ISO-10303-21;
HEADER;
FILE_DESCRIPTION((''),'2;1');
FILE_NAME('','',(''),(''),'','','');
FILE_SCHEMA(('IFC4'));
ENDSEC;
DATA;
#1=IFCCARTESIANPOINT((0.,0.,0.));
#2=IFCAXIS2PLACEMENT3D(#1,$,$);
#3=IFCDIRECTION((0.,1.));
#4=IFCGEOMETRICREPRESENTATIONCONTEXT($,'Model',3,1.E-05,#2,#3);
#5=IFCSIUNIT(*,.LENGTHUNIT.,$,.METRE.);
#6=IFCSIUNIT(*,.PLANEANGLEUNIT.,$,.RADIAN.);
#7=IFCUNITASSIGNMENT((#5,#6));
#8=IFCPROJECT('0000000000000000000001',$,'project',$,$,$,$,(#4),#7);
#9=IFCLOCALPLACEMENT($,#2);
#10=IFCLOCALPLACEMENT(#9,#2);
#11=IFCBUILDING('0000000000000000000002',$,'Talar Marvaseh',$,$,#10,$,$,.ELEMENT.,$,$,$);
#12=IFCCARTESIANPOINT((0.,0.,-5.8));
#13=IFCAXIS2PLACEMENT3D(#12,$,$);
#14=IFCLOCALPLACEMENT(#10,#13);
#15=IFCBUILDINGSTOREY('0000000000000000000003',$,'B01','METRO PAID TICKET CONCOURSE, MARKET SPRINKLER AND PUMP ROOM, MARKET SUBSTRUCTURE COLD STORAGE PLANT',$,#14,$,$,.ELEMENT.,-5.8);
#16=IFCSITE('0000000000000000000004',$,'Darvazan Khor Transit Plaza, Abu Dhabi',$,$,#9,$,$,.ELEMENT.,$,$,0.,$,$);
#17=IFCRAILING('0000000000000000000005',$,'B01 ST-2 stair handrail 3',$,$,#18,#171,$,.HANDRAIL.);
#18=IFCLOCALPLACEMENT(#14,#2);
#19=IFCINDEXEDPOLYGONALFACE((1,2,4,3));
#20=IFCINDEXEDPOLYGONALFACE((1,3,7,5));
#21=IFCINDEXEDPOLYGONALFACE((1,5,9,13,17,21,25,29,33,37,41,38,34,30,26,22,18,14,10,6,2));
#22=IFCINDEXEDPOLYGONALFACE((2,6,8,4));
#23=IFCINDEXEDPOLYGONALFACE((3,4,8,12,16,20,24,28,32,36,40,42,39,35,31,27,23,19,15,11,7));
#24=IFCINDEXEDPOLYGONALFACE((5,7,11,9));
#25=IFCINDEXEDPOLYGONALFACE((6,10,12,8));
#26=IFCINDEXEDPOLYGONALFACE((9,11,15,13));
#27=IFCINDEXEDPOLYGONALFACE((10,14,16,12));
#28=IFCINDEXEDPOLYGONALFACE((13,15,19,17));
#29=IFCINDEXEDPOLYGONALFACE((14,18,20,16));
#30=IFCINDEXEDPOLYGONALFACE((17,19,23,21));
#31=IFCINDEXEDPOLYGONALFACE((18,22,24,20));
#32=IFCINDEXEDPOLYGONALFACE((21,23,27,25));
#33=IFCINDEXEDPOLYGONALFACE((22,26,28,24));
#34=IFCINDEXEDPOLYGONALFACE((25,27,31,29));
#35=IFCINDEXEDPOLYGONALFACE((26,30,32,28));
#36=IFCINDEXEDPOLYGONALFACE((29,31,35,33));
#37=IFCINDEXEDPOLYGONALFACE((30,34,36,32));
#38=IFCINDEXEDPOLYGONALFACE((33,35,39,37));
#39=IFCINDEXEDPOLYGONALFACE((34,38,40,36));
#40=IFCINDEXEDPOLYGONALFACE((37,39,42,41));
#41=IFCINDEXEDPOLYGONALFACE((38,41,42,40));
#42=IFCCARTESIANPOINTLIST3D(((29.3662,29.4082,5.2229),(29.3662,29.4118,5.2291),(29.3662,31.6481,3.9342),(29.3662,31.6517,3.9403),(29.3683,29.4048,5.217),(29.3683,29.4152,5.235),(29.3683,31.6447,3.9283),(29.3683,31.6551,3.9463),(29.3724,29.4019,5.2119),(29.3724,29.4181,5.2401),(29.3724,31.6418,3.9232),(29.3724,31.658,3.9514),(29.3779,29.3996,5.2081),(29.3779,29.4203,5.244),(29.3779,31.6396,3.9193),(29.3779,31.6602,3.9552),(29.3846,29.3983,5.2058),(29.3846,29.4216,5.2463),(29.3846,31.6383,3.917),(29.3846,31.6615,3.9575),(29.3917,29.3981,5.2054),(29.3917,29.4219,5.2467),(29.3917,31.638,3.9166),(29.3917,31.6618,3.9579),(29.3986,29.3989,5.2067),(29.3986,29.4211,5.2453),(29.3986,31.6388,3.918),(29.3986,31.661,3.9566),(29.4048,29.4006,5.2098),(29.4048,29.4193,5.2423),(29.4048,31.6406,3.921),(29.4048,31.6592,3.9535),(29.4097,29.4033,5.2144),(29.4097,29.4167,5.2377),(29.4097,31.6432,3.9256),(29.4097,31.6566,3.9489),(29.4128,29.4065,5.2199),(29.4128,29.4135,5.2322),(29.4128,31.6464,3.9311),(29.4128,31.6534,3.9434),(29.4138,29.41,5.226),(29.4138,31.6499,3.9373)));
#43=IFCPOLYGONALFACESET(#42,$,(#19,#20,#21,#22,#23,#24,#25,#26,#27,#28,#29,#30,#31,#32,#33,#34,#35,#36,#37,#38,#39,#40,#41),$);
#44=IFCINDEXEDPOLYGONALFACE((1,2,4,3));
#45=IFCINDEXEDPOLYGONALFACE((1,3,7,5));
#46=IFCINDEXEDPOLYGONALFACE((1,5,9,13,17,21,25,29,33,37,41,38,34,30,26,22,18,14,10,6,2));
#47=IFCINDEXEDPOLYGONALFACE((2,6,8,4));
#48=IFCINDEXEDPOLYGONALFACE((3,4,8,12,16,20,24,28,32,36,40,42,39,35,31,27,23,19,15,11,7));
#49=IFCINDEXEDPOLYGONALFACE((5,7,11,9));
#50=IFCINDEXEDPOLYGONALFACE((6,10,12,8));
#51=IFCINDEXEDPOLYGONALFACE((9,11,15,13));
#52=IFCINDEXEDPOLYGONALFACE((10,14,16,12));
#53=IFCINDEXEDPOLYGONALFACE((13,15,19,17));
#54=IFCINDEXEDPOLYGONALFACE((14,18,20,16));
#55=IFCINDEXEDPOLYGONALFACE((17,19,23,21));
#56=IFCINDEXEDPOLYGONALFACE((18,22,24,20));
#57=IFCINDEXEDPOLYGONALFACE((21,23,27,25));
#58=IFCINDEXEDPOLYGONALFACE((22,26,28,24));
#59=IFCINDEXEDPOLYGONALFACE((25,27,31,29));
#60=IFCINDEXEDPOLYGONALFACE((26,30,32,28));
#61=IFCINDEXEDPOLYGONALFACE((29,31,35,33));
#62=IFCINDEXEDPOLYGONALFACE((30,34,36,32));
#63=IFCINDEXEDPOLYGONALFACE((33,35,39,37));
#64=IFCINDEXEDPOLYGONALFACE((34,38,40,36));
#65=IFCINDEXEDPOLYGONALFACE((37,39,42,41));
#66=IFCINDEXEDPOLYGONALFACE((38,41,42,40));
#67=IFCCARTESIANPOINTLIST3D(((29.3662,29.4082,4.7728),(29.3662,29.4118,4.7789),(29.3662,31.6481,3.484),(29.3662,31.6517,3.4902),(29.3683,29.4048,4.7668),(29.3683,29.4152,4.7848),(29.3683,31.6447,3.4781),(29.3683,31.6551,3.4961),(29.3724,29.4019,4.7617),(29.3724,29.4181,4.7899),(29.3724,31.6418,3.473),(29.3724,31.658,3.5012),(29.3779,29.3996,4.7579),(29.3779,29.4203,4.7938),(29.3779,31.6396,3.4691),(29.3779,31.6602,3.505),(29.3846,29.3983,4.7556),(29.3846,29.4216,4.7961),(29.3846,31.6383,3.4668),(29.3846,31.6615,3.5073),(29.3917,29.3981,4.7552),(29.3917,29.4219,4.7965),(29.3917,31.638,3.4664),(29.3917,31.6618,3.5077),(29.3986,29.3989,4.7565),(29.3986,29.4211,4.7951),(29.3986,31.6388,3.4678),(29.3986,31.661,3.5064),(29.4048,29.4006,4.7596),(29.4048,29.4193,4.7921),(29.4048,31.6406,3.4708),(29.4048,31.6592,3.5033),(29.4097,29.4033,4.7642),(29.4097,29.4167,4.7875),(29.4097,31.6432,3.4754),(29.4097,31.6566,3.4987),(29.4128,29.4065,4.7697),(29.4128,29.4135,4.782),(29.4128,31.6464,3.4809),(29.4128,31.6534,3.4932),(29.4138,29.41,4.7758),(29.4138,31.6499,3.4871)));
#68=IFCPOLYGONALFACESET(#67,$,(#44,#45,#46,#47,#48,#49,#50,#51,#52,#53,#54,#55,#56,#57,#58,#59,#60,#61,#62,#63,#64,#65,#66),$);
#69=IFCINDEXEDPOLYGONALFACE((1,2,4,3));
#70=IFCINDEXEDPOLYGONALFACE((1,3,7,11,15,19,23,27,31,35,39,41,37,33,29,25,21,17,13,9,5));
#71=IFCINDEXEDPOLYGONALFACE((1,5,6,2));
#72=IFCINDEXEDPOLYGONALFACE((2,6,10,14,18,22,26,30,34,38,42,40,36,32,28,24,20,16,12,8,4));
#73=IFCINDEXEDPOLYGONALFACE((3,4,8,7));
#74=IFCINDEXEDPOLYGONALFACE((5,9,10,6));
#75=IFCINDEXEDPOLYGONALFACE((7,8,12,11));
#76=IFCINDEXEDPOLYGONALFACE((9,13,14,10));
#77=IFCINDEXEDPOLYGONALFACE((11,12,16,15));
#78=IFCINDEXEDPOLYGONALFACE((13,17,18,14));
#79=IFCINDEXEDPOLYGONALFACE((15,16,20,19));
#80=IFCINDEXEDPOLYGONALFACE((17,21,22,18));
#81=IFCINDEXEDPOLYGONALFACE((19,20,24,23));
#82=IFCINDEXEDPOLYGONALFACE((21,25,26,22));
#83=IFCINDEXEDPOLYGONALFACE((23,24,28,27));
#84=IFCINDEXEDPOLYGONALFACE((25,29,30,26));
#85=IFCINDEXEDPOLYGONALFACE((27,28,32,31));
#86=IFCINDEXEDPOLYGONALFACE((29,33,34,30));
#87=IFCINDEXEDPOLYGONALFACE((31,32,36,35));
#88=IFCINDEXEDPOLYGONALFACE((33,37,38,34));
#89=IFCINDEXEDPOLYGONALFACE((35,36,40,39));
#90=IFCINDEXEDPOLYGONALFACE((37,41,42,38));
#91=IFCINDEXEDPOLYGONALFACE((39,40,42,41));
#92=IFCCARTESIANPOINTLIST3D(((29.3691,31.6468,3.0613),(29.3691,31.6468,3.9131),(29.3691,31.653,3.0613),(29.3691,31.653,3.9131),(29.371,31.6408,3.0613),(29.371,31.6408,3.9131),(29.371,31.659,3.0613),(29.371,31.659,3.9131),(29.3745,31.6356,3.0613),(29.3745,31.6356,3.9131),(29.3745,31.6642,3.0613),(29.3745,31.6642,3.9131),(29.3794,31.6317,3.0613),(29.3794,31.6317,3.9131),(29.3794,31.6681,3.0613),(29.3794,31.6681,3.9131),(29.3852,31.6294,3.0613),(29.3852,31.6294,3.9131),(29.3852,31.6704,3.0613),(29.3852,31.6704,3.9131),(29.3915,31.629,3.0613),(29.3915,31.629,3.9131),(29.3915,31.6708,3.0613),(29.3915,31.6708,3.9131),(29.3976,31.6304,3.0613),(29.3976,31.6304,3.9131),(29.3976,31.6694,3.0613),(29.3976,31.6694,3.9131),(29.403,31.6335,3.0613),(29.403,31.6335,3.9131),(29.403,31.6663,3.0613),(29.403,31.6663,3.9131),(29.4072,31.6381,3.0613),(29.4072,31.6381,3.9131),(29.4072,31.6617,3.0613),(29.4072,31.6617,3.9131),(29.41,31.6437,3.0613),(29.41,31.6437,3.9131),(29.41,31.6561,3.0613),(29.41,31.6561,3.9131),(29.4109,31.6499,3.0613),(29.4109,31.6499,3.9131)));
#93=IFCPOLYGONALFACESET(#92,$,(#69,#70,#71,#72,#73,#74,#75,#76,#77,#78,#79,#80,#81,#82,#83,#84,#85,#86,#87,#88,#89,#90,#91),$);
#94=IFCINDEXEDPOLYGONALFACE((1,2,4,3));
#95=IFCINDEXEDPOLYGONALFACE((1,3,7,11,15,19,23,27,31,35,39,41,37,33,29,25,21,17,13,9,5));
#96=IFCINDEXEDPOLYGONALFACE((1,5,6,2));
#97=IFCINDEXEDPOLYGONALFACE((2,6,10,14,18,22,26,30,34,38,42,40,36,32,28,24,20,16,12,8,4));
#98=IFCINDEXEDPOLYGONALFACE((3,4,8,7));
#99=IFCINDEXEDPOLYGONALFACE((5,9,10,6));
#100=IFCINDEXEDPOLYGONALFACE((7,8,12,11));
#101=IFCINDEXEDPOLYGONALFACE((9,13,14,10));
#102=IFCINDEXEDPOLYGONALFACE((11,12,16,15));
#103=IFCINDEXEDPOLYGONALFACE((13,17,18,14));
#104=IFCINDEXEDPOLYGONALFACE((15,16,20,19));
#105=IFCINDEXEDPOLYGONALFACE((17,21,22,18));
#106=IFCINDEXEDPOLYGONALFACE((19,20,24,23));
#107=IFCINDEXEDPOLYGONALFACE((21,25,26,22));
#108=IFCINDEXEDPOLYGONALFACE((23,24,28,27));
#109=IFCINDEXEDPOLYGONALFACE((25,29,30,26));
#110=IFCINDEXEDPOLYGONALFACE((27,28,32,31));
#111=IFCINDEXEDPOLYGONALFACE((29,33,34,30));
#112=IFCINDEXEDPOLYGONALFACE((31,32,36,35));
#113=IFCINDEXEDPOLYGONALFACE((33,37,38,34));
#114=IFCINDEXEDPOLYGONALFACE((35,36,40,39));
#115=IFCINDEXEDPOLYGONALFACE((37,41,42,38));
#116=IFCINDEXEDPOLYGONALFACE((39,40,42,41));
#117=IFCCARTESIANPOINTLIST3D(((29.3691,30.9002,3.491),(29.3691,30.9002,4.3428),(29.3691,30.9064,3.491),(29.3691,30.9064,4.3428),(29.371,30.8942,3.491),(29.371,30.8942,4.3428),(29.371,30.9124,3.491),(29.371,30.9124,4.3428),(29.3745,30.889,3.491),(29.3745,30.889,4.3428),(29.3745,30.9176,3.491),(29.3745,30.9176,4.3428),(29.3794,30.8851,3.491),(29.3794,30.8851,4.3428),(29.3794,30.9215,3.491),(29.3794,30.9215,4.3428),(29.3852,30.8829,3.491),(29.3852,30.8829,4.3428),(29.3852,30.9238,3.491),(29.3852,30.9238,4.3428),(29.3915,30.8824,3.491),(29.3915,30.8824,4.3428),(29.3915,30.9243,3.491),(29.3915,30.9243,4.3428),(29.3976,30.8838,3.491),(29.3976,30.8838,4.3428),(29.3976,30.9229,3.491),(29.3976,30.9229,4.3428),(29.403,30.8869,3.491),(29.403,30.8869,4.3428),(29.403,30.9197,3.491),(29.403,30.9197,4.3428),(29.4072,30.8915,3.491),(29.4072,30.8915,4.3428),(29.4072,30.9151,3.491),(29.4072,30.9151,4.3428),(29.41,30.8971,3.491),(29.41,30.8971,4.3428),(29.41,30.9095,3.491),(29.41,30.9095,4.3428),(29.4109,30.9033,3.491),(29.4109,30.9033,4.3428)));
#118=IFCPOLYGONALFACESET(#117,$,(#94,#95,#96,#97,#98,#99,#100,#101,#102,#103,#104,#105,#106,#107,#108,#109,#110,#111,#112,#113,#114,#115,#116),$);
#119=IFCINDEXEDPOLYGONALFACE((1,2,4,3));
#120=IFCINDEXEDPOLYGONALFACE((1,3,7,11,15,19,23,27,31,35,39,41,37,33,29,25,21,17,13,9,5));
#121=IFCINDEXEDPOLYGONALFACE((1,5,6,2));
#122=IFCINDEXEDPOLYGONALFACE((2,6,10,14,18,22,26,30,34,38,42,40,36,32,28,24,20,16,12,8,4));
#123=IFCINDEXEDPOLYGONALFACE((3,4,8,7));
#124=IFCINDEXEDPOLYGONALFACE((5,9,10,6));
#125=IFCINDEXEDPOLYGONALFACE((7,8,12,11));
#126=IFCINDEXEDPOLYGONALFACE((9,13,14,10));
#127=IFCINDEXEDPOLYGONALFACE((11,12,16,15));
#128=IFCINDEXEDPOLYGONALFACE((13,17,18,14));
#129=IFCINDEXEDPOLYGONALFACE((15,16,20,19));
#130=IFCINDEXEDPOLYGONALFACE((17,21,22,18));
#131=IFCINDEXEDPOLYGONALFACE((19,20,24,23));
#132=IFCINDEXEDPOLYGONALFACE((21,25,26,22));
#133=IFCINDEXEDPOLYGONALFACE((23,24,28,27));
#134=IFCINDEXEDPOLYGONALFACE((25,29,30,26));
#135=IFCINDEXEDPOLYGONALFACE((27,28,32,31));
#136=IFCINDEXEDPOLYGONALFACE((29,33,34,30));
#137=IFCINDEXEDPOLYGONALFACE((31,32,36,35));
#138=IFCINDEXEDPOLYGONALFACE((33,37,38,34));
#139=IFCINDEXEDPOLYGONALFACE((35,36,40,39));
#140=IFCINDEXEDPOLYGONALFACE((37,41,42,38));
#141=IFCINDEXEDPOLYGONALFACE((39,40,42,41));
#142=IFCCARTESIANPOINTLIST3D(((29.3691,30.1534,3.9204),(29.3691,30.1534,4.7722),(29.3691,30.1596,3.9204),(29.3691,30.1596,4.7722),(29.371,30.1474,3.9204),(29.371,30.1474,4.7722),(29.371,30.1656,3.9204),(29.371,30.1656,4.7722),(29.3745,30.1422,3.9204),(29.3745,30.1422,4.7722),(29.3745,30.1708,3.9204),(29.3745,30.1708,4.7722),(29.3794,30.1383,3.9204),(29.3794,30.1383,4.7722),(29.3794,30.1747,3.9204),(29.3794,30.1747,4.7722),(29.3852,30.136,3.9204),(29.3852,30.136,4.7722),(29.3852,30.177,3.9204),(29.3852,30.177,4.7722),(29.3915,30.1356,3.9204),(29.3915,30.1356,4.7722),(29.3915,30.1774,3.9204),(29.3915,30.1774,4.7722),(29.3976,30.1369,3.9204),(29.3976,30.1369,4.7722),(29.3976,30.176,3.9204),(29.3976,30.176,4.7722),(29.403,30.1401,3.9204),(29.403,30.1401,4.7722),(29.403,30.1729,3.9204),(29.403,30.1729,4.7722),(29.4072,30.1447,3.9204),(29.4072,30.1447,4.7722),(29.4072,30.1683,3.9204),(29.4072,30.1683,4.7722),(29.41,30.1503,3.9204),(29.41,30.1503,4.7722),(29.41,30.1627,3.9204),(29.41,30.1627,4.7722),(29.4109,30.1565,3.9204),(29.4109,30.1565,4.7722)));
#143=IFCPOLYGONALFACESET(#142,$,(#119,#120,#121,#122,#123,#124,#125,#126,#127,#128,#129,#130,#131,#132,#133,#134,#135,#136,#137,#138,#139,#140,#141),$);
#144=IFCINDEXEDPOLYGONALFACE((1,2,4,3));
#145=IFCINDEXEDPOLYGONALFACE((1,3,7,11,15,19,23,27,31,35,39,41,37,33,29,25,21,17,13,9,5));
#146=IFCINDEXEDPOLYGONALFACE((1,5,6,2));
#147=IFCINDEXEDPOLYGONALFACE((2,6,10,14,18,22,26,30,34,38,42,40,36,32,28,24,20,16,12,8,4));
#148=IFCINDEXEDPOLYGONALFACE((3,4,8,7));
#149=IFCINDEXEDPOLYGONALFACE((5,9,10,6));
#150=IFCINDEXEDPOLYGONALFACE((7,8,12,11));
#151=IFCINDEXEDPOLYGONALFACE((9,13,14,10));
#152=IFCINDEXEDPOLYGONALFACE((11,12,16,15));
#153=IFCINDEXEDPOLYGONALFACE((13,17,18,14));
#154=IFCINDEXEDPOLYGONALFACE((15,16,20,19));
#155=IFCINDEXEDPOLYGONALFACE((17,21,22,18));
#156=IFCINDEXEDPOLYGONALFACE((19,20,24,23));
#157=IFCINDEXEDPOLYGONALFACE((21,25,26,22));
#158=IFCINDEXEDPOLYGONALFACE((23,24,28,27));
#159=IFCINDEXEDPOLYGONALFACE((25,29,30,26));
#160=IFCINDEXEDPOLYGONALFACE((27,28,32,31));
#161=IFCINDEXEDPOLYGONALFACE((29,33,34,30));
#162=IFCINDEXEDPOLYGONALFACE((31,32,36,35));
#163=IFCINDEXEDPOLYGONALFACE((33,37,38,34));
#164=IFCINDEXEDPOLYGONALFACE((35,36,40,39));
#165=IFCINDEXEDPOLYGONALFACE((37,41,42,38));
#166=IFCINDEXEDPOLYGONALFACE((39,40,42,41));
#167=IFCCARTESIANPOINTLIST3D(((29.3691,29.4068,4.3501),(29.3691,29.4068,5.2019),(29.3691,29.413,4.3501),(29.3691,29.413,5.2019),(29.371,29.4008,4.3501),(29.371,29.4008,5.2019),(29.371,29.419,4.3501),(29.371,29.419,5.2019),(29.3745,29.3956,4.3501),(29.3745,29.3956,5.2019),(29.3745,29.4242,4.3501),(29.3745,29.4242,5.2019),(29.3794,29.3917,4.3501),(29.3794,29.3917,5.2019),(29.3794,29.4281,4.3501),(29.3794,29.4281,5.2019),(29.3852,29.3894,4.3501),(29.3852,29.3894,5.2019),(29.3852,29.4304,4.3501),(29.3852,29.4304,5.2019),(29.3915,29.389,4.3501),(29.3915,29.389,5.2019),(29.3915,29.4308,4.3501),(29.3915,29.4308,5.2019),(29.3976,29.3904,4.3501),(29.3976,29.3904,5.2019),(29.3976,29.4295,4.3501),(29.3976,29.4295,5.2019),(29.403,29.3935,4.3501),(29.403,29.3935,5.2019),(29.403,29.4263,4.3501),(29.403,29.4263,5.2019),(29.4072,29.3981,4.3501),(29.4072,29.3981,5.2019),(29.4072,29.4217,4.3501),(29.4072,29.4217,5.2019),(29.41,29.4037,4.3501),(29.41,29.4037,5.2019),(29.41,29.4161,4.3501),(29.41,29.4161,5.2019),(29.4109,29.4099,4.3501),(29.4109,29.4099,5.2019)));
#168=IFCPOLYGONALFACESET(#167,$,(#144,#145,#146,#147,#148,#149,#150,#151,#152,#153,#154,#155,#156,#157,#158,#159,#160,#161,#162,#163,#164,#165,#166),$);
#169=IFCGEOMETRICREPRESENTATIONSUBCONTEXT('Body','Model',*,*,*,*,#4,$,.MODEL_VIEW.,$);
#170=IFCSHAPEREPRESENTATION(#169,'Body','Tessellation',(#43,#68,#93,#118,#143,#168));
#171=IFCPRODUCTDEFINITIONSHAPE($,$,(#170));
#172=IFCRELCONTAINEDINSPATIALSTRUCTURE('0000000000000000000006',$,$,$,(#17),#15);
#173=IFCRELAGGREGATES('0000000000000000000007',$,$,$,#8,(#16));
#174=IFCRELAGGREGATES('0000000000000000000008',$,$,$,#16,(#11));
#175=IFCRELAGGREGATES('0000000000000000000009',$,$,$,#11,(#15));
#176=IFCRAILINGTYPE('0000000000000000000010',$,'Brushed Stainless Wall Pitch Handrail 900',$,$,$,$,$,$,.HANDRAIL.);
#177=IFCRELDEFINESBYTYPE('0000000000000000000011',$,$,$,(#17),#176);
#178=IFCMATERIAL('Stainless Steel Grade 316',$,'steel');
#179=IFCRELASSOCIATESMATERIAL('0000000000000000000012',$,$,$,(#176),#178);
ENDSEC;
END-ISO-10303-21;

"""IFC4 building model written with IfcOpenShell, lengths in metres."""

from ifc_helpers import new_model, si_unit, direction, frame, origin, origin_2d, place, context, subcontext, project, spatial, circle, extrude, material, type_object, element, save


model = new_model("IFC4")

# Units and contexts
model_context = context("Model", 3, precision=1e-05, world=origin(), true_north=direction((0.0, 1.0)))
body_context = subcontext(model_context, "Body", "Model", "MODEL_VIEW")
ifc_project = project(units=[si_unit("LENGTHUNIT", "METRE"), si_unit("PLANEANGLEUNIT", "RADIAN")], contexts=[model_context])

# Site, building, storey
site_placement = place(None, origin())
site = spatial("IfcSite", under=ifc_project, at=site_placement, Name="Darvazan Khor Transit Plaza, Abu Dhabi", CompositionType="ELEMENT", RefElevation=0.0)
building_placement = place(site_placement, origin())
building = spatial("IfcBuilding", under=site, at=building_placement, Name="Talar Marvaseh", CompositionType="ELEMENT")
storey_placement = place(building_placement, frame((0.0, 0.0, -5.8)))
storey = spatial("IfcBuildingStorey", under=building, at=storey_placement, Name="B01", Description="METRO PAID TICKET CONCOURSE, MARKET SPRINKLER AND PUMP ROOM, MARKET SUBSTRUCTURE COLD STORAGE PLANT", CompositionType="ELEMENT", Elevation=-5.8)

# Railing
ifc_material_1 = material(Name="Stainless Steel Grade 316", Category="steel")
railing_type_1 = type_object("IfcRailingType", Name="Brushed Stainless Wall Pitch Handrail 900", PredefinedType="HANDRAIL", material=ifc_material_1)
railing_1_placement = place(storey_placement, frame((29.3899, 31.6499, 3.0613)))
element("IfcRailing", 1, at=railing_1_placement, inside=storey, type_object=railing_type_1, Name="B01 ST-2 stair handrail 3", PredefinedType="HANDRAIL", context=body_context, shape_type="SweptSolid", body=[
    extrude(circle(Radius=0.0239, at=origin_2d()), frame((0.0, 0.0, 0.876), z_axis=(0.0, -0.866768, 0.498711), x_axis=(1.0, 0.0, 0.0)), (0.0, 0.0, 1.0), 2.5842),
    extrude(circle(Radius=0.0239, at=origin_2d()), frame((0.0, 0.0, 0.4258), z_axis=(0.0, -0.866768, 0.498711), x_axis=(1.0, 0.0, 0.0)), (0.0, 0.0, 1.0), 2.5842),
    extrude(circle(Radius=0.021, at=origin_2d()), origin(), (0.0, 0.0, 1.0), 0.8518),
    extrude(circle(Radius=0.021, at=origin_2d()), frame((0.0, -0.7466, 0.4297)), (0.0, 0.0, 1.0), 0.8518),
    extrude(circle(Radius=0.021, at=origin_2d()), frame((0.0, -1.4934, 0.8591)), (0.0, 0.0, 1.0), 0.8518),
    extrude(circle(Radius=0.021, at=origin_2d()), frame((0.0, -2.24, 1.2888)), (0.0, 0.0, 1.0), 0.8518),
])

save(model, "model.ifc")
